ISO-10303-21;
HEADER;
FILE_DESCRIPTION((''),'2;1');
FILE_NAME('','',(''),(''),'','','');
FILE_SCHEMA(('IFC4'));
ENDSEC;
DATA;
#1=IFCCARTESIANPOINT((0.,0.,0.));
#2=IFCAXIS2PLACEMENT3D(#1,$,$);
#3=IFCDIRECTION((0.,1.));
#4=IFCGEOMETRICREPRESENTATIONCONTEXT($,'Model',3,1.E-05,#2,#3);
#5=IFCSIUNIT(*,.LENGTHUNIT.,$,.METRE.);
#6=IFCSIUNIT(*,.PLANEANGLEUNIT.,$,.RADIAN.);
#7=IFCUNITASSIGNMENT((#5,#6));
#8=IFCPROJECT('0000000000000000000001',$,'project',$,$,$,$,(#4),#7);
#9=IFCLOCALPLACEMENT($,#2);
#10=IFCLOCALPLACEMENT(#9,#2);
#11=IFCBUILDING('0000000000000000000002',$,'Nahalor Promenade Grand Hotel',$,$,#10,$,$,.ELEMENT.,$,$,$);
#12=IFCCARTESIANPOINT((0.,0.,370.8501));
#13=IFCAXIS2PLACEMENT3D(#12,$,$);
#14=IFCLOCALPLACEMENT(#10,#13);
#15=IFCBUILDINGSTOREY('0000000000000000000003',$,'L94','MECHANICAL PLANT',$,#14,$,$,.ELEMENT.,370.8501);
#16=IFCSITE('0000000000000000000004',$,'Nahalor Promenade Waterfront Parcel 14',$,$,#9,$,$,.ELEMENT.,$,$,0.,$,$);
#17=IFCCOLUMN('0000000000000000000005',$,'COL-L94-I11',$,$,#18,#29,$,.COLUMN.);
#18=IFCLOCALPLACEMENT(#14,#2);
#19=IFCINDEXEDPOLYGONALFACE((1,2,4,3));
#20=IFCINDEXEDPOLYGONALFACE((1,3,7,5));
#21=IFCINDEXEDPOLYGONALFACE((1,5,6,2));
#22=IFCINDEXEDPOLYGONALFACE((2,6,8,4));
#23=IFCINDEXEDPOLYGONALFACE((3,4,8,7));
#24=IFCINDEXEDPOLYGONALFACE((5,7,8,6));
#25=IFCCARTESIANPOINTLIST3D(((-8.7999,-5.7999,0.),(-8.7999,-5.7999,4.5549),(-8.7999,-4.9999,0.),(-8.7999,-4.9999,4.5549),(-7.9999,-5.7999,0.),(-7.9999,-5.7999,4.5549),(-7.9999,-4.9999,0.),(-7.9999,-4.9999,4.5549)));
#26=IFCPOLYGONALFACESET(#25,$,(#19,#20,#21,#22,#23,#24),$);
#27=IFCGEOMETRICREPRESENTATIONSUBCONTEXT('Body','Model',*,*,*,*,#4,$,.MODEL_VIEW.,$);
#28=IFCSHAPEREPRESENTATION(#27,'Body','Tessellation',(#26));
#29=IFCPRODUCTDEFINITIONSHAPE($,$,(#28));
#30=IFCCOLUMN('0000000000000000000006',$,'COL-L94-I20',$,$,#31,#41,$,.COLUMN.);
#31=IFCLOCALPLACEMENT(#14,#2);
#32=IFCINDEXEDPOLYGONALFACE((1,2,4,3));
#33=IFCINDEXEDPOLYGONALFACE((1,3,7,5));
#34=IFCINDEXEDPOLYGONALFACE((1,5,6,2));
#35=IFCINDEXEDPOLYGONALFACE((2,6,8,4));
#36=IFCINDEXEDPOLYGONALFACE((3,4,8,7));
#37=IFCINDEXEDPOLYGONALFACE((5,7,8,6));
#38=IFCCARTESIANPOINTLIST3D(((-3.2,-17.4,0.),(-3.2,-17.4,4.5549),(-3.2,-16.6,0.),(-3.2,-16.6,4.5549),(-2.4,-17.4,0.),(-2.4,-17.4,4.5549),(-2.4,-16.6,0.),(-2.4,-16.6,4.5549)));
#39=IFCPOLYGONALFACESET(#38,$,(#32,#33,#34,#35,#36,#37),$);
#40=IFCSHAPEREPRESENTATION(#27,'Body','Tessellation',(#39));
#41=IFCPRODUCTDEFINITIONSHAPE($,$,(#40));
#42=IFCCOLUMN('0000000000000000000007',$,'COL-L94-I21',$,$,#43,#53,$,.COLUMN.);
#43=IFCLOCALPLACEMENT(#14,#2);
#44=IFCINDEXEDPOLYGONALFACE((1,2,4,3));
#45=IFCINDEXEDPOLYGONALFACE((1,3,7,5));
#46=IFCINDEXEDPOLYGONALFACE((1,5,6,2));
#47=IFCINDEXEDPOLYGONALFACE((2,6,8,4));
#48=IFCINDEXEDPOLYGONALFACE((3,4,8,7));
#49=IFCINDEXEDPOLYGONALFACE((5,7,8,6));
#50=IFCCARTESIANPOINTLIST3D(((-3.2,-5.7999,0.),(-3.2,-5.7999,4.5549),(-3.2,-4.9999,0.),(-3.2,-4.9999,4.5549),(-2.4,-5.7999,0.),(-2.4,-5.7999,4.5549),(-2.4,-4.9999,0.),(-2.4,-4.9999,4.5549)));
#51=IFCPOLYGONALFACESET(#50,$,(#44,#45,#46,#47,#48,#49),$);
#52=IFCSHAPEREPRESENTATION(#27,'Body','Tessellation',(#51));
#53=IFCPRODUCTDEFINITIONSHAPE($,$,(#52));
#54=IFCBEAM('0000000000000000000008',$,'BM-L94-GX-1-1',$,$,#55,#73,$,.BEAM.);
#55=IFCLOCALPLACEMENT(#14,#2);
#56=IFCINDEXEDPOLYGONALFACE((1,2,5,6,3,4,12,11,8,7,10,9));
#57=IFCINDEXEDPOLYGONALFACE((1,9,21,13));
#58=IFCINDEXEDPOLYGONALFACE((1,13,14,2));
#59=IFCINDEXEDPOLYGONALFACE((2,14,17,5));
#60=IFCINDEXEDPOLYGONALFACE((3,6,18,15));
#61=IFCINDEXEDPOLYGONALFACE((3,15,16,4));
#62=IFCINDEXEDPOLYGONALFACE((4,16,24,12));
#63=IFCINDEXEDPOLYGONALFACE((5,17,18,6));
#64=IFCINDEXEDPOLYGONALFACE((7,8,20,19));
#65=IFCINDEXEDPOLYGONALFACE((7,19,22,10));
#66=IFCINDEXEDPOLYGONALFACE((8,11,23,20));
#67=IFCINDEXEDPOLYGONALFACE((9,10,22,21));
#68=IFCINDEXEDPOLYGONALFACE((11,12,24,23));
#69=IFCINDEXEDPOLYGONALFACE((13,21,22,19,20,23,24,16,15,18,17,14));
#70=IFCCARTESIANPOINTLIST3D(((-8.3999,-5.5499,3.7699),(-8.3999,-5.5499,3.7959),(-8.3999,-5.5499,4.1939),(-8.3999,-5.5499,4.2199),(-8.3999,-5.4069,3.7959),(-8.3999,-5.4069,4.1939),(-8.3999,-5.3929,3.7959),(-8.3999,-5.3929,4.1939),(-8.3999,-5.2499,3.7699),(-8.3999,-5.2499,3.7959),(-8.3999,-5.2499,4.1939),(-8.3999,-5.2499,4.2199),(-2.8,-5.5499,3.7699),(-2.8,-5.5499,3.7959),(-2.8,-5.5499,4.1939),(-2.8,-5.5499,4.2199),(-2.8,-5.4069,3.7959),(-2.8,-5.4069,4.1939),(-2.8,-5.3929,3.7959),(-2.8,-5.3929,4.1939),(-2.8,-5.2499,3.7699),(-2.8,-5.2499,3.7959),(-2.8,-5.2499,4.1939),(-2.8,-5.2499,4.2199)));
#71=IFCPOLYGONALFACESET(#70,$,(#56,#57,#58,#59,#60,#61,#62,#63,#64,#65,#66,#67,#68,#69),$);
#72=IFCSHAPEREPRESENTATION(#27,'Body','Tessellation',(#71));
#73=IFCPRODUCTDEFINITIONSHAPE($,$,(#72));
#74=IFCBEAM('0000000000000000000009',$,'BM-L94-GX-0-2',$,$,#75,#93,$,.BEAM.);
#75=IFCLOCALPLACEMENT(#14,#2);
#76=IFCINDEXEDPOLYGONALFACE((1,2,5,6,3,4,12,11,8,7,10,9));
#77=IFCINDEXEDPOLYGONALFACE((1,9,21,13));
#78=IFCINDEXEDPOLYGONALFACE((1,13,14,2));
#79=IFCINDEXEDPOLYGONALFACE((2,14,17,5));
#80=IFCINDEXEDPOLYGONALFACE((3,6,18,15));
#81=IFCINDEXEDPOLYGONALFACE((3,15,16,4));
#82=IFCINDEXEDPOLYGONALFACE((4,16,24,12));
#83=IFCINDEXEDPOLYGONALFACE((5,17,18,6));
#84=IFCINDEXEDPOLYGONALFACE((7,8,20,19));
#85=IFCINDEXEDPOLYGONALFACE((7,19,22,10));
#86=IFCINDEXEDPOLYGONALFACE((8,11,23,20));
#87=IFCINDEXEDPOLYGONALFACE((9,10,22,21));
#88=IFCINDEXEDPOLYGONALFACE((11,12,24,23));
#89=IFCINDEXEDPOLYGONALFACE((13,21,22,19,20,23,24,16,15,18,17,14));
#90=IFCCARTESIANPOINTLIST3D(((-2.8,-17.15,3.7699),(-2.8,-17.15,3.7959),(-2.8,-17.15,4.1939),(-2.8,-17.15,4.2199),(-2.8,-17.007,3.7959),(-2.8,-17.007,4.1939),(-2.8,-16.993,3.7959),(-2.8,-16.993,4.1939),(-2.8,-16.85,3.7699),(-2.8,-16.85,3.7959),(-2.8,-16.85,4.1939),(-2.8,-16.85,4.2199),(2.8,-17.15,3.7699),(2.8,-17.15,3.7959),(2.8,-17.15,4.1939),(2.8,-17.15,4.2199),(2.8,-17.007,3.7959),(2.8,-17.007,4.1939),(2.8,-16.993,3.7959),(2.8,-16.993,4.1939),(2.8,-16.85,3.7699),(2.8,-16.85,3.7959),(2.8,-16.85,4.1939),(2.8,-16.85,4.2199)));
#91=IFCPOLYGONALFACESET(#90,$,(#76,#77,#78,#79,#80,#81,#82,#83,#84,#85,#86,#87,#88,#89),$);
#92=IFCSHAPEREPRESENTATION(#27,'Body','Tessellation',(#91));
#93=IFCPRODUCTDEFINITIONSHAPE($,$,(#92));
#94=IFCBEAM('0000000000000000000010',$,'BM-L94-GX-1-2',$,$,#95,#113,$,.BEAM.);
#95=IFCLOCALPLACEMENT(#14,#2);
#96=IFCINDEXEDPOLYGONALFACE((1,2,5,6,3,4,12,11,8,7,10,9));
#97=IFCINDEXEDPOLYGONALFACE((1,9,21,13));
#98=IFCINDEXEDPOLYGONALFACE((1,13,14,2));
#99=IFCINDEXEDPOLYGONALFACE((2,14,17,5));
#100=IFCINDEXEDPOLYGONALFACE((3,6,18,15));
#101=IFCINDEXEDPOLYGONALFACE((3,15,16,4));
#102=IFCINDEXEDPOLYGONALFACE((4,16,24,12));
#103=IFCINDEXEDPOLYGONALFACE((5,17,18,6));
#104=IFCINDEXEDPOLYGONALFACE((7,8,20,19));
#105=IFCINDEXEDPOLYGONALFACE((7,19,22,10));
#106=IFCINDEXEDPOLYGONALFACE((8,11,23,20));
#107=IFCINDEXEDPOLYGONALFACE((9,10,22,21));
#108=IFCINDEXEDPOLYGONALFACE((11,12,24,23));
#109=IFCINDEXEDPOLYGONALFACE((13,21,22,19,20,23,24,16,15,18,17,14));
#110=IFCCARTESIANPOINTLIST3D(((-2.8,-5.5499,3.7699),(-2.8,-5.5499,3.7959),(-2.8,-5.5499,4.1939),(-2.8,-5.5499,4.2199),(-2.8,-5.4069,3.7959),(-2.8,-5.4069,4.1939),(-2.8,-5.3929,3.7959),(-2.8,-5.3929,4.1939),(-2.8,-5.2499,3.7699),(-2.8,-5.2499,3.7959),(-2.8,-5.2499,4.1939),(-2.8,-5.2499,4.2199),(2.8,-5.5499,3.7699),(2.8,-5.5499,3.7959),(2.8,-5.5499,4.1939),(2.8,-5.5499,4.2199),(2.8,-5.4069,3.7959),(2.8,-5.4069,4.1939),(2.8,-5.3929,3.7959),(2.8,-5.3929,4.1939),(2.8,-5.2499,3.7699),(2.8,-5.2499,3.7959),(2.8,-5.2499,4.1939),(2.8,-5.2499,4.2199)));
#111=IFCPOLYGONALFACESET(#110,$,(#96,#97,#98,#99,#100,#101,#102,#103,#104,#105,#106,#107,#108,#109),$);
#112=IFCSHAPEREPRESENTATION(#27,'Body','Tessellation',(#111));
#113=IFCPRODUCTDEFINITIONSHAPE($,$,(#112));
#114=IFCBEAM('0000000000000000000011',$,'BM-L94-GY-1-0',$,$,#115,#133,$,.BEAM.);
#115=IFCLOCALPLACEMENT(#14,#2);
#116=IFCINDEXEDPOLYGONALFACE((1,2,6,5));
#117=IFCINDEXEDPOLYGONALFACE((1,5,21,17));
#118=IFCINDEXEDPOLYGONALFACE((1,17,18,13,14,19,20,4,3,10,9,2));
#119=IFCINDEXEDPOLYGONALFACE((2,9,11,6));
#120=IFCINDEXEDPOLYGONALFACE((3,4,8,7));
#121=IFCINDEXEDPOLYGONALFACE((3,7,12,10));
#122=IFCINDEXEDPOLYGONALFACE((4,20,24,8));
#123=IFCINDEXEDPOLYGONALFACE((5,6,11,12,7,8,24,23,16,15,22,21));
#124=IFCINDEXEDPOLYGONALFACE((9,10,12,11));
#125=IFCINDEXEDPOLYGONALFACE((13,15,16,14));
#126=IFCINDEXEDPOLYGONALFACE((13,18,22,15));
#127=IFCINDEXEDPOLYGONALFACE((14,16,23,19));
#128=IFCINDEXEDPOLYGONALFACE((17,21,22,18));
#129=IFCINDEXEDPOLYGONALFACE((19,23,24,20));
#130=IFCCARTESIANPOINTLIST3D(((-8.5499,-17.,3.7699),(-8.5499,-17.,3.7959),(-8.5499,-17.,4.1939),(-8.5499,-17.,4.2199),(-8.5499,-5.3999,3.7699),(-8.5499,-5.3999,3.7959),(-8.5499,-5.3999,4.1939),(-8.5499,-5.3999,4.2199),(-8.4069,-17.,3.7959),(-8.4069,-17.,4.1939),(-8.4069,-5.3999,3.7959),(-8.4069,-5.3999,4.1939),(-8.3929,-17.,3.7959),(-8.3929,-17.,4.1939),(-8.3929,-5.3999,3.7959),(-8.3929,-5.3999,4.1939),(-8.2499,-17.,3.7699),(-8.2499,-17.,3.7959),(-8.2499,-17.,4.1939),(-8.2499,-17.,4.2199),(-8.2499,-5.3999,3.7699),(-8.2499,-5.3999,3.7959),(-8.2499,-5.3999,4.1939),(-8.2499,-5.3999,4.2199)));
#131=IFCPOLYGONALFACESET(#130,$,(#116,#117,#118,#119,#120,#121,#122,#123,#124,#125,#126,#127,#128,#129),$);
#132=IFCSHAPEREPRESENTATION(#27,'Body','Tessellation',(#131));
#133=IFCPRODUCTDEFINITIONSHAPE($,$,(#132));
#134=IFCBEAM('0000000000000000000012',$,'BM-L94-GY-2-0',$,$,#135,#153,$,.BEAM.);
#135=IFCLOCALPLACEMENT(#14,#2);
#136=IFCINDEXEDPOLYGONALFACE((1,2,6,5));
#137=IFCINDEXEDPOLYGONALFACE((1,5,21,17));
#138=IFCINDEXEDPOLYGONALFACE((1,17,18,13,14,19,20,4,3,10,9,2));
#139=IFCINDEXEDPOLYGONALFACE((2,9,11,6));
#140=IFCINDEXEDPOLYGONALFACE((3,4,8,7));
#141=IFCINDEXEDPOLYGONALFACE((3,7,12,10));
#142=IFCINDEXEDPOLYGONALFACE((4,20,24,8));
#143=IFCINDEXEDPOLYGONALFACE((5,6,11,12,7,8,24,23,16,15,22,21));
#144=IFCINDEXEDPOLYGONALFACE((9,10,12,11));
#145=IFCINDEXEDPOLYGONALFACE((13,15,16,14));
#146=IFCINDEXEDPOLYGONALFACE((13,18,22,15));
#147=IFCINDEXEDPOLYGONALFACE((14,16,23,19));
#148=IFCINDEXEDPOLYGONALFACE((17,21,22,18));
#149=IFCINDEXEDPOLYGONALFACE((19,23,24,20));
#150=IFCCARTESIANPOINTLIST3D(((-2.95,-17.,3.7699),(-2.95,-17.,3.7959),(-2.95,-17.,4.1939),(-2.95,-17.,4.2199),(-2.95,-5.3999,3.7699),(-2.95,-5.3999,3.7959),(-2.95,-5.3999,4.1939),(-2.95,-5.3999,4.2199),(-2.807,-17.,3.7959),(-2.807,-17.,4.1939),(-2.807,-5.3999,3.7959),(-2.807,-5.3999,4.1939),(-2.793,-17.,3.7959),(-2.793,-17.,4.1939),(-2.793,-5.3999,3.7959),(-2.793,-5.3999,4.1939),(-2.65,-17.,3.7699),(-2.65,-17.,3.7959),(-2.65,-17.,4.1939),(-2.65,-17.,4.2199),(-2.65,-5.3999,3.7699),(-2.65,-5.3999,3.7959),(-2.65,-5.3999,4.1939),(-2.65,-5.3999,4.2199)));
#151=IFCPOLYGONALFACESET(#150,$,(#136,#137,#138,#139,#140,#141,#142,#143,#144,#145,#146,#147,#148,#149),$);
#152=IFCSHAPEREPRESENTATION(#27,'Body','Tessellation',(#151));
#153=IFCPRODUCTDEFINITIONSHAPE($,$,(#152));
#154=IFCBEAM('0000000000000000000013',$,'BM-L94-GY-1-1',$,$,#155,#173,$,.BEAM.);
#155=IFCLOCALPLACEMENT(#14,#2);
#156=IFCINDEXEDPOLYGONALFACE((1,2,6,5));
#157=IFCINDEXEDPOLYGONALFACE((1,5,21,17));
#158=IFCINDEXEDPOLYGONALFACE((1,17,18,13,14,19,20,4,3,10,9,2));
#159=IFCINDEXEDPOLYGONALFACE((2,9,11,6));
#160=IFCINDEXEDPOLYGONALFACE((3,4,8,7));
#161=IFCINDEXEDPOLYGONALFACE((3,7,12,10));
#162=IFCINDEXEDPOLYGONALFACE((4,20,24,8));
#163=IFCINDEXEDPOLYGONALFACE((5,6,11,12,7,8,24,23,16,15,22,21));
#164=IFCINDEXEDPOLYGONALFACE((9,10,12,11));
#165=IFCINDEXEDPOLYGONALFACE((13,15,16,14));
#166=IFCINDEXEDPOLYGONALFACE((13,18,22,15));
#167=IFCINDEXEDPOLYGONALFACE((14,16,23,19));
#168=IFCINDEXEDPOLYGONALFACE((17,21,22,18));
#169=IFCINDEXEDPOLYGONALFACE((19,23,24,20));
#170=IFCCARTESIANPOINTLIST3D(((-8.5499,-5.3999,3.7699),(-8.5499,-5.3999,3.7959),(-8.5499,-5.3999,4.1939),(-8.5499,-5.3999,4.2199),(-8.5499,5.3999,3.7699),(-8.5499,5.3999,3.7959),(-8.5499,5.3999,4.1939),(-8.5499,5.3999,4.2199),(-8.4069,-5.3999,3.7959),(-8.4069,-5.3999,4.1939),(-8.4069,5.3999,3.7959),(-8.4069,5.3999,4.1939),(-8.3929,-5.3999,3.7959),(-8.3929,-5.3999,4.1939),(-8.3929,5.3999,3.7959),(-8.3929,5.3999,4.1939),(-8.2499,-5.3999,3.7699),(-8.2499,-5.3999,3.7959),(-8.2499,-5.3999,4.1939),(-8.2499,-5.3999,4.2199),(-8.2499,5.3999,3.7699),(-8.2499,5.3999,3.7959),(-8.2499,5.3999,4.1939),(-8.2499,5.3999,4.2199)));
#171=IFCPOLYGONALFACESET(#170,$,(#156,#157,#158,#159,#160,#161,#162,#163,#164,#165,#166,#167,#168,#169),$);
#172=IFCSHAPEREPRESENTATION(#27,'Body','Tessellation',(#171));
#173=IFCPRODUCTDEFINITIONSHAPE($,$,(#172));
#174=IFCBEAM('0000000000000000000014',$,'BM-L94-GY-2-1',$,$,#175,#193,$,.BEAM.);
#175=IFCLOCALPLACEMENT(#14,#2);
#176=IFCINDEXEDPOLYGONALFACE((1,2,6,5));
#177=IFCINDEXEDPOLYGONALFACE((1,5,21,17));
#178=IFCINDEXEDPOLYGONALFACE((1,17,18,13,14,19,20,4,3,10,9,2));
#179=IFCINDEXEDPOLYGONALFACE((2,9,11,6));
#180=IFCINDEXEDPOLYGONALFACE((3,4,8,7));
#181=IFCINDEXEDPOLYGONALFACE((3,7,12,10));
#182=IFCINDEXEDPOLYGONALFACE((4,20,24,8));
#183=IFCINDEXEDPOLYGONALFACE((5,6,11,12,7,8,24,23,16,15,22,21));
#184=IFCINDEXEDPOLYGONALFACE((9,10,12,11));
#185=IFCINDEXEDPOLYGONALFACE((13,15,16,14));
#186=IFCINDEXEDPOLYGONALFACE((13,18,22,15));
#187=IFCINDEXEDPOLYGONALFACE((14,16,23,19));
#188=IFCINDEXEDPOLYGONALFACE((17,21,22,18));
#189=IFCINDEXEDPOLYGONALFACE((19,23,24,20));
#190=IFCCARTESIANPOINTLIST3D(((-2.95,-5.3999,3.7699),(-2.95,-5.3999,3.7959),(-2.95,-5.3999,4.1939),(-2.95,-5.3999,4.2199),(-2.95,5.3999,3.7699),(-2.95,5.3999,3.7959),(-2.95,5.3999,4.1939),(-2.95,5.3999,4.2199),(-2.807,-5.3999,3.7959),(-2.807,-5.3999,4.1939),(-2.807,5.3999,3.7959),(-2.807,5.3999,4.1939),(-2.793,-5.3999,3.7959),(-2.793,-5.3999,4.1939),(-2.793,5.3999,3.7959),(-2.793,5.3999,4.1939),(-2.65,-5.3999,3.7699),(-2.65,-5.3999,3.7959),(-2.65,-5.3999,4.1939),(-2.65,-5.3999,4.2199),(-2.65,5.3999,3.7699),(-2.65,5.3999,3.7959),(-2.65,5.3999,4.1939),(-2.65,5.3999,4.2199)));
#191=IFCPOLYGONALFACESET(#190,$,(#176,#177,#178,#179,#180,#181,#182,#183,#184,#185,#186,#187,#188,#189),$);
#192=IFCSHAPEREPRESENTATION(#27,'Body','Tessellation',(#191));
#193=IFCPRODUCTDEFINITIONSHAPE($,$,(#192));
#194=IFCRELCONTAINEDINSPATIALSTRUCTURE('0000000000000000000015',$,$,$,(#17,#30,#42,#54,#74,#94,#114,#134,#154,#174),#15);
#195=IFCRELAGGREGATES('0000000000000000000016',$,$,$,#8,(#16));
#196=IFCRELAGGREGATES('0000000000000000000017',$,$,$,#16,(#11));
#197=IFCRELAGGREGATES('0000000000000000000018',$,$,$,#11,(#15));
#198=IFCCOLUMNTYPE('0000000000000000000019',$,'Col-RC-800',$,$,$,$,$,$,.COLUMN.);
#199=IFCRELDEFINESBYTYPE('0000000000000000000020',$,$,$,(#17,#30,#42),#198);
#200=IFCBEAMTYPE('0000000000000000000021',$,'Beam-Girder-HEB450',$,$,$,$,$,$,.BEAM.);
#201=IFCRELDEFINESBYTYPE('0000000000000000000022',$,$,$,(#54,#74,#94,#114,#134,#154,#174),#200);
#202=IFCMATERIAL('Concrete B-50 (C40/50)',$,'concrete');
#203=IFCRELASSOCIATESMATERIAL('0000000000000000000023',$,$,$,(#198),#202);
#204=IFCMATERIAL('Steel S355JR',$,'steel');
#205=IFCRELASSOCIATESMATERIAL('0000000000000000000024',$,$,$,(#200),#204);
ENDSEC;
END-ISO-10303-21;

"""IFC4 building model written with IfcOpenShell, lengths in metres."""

from ifc_helpers import new_model, si_unit, direction, frame, origin, origin_2d, place, context, subcontext, project, spatial, rectangle, i_section, extrude, source, transform, mapped, material, material_profile, profile_set, type_object, element, save


model = new_model("IFC4")

# Units and contexts
model_context = context("Model", 3, precision=1e-05, world=origin(), true_north=direction((0.0, 1.0)))
body_context = subcontext(model_context, "Body", "Model", "MODEL_VIEW")
ifc_project = project(units=[si_unit("LENGTHUNIT", "METRE"), si_unit("PLANEANGLEUNIT", "RADIAN")], contexts=[model_context])

# Site, building, storey
site_placement = place(None, origin())
site = spatial("IfcSite", under=ifc_project, at=site_placement, Name="Nahalor Promenade Waterfront Parcel 14", CompositionType="ELEMENT", RefElevation=0.0)
building_placement = place(site_placement, origin())
building = spatial("IfcBuilding", under=site, at=building_placement, Name="Nahalor Promenade Grand Hotel", CompositionType="ELEMENT")
storey_placement = place(building_placement, frame((0.0, 0.0, 370.8501)))
storey = spatial("IfcBuildingStorey", under=building, at=storey_placement, Name="L94", Description="MECHANICAL PLANT", CompositionType="ELEMENT", Elevation=370.8501)

# Columns
ifc_material_1 = material(Name="Concrete B-50 (C40/50)", Category="concrete")
ifc_material_profile_1 = material_profile(ifc_material_1, rectangle(XDim=0.8, YDim=0.8, at=origin_2d()), Name="RC 800x800")
ifc_profile_set_1 = profile_set([ifc_material_profile_1], Name="Concrete B-50 (C40/50)")
column_type = type_object("IfcColumnType", Name="Col-RC-800", PredefinedType="COLUMN", material=ifc_profile_set_1)
shared_shape_1 = source(origin(), body_context, "Body", "SweptSolid", [
    extrude(rectangle(XDim=0.8, YDim=0.8, at=origin_2d()), origin(), (0.0, 0.0, 1.0), 4.5549),
])
for number, where, z_axis, x_axis, name in (
    (1, (-8.3999, -5.3999, 0.0), (0.0, 0.0, 1.0), (1.0, 0.0, 0.0), "COL-L94-I11"),
    (2, (-2.8, -17.0, 0.0), (0.0, 0.0, 1.0), (1.0, 0.0, 0.0), "COL-L94-I20"),
    (3, (-2.8, -5.3999, 0.0), (0.0, 0.0, 1.0), (1.0, 0.0, 0.0), "COL-L94-I21"),
):
    element("IfcColumn", number, at=place(storey_placement, frame(where, z_axis=z_axis, x_axis=x_axis)), inside=storey, type_object=column_type, Name=name, PredefinedType="COLUMN", context=body_context, shape_type="MappedRepresentation", body=[
        mapped(shared_shape_1, transform((0.0, 0.0, 0.0), scale=1.0)),
    ])

# Beams
ifc_material_2 = material(Name="Steel S355JR", Category="steel")
ifc_material_profile_2 = material_profile(ifc_material_2, i_section(OverallWidth=0.3, OverallDepth=0.45, WebThickness=0.014, FlangeThickness=0.026, at=origin_2d()), Name="HEB 450")
ifc_profile_set_2 = profile_set([ifc_material_profile_2], Name="Steel S355JR")
beam_type = type_object("IfcBeamType", Name="Beam-Girder-HEB450", PredefinedType="BEAM", material=ifc_profile_set_2)
shared_shape_2 = source(origin(), body_context, "Body", "SweptSolid", [
    extrude(i_section(OverallWidth=0.3, OverallDepth=0.45, WebThickness=0.014, FlangeThickness=0.026, at=origin_2d()), origin(), (0.0, 0.0, 1.0), 5.5999),
])
beam_placement = place(storey_placement, frame((-8.3999, -5.3999, 3.9949), z_axis=(1.0, 0.0, 0.0), x_axis=(0.0, 1.0, 0.0)))
element("IfcBeam", 4, at=beam_placement, inside=storey, type_object=beam_type, Name="BM-L94-GX-1-1", PredefinedType="BEAM", context=body_context, shape_type="MappedRepresentation", body=[
    mapped(shared_shape_2, transform((0.0, 0.0, 0.0), scale=1.0)),
])
shared_shape_3 = source(origin(), body_context, "Body", "SweptSolid", [
    extrude(i_section(OverallWidth=0.3, OverallDepth=0.45, WebThickness=0.014, FlangeThickness=0.026, at=origin_2d()), origin(), (0.0, 0.0, 1.0), 5.6001),
])
for number, where, z_axis, x_axis, name in (
    (5, (-2.8, -17.0, 3.9949), (1.0, 0.0, 0.0), (0.0, 1.0, 0.0), "BM-L94-GX-0-2"),
    (6, (-2.8, -5.3999, 3.9949), (1.0, 0.0, 0.0), (0.0, 1.0, 0.0), "BM-L94-GX-1-2"),
):
    element("IfcBeam", number, at=place(storey_placement, frame(where, z_axis=z_axis, x_axis=x_axis)), inside=storey, type_object=beam_type, Name=name, PredefinedType="BEAM", context=body_context, shape_type="MappedRepresentation", body=[
        mapped(shared_shape_3, transform((0.0, 0.0, 0.0), scale=1.0)),
    ])
shared_shape_4 = source(origin(), body_context, "Body", "SweptSolid", [
    extrude(i_section(OverallWidth=0.3, OverallDepth=0.45, WebThickness=0.014, FlangeThickness=0.026, at=origin_2d()), origin(), (0.0, 0.0, 1.0), 11.6001),
])
for number, where, z_axis, x_axis, name in (
    (7, (-8.3999, -17.0, 3.9949), (0.0, 1.0, 0.0), (-1.0, 0.0, 0.0), "BM-L94-GY-1-0"),
    (8, (-2.8, -17.0, 3.9949), (0.0, 1.0, 0.0), (-1.0, 0.0, 0.0), "BM-L94-GY-2-0"),
):
    element("IfcBeam", number, at=place(storey_placement, frame(where, z_axis=z_axis, x_axis=x_axis)), inside=storey, type_object=beam_type, Name=name, PredefinedType="BEAM", context=body_context, shape_type="MappedRepresentation", body=[
        mapped(shared_shape_4, transform((0.0, 0.0, 0.0), scale=1.0)),
    ])
shared_shape_5 = source(origin(), body_context, "Body", "SweptSolid", [
    extrude(i_section(OverallWidth=0.3, OverallDepth=0.45, WebThickness=0.014, FlangeThickness=0.026, at=origin_2d()), origin(), (0.0, 0.0, 1.0), 10.7998),
])
for number, where, z_axis, x_axis, name in (
    (9, (-8.3999, -5.3999, 3.9949), (0.0, 1.0, 0.0), (-1.0, 0.0, 0.0), "BM-L94-GY-1-1"),
    (10, (-2.8, -5.3999, 3.9949), (0.0, 1.0, 0.0), (-1.0, 0.0, 0.0), "BM-L94-GY-2-1"),
):
    element("IfcBeam", number, at=place(storey_placement, frame(where, z_axis=z_axis, x_axis=x_axis)), inside=storey, type_object=beam_type, Name=name, PredefinedType="BEAM", context=body_context, shape_type="MappedRepresentation", body=[
        mapped(shared_shape_5, transform((0.0, 0.0, 0.0), scale=1.0)),
    ])

save(model, "model.ifc")
